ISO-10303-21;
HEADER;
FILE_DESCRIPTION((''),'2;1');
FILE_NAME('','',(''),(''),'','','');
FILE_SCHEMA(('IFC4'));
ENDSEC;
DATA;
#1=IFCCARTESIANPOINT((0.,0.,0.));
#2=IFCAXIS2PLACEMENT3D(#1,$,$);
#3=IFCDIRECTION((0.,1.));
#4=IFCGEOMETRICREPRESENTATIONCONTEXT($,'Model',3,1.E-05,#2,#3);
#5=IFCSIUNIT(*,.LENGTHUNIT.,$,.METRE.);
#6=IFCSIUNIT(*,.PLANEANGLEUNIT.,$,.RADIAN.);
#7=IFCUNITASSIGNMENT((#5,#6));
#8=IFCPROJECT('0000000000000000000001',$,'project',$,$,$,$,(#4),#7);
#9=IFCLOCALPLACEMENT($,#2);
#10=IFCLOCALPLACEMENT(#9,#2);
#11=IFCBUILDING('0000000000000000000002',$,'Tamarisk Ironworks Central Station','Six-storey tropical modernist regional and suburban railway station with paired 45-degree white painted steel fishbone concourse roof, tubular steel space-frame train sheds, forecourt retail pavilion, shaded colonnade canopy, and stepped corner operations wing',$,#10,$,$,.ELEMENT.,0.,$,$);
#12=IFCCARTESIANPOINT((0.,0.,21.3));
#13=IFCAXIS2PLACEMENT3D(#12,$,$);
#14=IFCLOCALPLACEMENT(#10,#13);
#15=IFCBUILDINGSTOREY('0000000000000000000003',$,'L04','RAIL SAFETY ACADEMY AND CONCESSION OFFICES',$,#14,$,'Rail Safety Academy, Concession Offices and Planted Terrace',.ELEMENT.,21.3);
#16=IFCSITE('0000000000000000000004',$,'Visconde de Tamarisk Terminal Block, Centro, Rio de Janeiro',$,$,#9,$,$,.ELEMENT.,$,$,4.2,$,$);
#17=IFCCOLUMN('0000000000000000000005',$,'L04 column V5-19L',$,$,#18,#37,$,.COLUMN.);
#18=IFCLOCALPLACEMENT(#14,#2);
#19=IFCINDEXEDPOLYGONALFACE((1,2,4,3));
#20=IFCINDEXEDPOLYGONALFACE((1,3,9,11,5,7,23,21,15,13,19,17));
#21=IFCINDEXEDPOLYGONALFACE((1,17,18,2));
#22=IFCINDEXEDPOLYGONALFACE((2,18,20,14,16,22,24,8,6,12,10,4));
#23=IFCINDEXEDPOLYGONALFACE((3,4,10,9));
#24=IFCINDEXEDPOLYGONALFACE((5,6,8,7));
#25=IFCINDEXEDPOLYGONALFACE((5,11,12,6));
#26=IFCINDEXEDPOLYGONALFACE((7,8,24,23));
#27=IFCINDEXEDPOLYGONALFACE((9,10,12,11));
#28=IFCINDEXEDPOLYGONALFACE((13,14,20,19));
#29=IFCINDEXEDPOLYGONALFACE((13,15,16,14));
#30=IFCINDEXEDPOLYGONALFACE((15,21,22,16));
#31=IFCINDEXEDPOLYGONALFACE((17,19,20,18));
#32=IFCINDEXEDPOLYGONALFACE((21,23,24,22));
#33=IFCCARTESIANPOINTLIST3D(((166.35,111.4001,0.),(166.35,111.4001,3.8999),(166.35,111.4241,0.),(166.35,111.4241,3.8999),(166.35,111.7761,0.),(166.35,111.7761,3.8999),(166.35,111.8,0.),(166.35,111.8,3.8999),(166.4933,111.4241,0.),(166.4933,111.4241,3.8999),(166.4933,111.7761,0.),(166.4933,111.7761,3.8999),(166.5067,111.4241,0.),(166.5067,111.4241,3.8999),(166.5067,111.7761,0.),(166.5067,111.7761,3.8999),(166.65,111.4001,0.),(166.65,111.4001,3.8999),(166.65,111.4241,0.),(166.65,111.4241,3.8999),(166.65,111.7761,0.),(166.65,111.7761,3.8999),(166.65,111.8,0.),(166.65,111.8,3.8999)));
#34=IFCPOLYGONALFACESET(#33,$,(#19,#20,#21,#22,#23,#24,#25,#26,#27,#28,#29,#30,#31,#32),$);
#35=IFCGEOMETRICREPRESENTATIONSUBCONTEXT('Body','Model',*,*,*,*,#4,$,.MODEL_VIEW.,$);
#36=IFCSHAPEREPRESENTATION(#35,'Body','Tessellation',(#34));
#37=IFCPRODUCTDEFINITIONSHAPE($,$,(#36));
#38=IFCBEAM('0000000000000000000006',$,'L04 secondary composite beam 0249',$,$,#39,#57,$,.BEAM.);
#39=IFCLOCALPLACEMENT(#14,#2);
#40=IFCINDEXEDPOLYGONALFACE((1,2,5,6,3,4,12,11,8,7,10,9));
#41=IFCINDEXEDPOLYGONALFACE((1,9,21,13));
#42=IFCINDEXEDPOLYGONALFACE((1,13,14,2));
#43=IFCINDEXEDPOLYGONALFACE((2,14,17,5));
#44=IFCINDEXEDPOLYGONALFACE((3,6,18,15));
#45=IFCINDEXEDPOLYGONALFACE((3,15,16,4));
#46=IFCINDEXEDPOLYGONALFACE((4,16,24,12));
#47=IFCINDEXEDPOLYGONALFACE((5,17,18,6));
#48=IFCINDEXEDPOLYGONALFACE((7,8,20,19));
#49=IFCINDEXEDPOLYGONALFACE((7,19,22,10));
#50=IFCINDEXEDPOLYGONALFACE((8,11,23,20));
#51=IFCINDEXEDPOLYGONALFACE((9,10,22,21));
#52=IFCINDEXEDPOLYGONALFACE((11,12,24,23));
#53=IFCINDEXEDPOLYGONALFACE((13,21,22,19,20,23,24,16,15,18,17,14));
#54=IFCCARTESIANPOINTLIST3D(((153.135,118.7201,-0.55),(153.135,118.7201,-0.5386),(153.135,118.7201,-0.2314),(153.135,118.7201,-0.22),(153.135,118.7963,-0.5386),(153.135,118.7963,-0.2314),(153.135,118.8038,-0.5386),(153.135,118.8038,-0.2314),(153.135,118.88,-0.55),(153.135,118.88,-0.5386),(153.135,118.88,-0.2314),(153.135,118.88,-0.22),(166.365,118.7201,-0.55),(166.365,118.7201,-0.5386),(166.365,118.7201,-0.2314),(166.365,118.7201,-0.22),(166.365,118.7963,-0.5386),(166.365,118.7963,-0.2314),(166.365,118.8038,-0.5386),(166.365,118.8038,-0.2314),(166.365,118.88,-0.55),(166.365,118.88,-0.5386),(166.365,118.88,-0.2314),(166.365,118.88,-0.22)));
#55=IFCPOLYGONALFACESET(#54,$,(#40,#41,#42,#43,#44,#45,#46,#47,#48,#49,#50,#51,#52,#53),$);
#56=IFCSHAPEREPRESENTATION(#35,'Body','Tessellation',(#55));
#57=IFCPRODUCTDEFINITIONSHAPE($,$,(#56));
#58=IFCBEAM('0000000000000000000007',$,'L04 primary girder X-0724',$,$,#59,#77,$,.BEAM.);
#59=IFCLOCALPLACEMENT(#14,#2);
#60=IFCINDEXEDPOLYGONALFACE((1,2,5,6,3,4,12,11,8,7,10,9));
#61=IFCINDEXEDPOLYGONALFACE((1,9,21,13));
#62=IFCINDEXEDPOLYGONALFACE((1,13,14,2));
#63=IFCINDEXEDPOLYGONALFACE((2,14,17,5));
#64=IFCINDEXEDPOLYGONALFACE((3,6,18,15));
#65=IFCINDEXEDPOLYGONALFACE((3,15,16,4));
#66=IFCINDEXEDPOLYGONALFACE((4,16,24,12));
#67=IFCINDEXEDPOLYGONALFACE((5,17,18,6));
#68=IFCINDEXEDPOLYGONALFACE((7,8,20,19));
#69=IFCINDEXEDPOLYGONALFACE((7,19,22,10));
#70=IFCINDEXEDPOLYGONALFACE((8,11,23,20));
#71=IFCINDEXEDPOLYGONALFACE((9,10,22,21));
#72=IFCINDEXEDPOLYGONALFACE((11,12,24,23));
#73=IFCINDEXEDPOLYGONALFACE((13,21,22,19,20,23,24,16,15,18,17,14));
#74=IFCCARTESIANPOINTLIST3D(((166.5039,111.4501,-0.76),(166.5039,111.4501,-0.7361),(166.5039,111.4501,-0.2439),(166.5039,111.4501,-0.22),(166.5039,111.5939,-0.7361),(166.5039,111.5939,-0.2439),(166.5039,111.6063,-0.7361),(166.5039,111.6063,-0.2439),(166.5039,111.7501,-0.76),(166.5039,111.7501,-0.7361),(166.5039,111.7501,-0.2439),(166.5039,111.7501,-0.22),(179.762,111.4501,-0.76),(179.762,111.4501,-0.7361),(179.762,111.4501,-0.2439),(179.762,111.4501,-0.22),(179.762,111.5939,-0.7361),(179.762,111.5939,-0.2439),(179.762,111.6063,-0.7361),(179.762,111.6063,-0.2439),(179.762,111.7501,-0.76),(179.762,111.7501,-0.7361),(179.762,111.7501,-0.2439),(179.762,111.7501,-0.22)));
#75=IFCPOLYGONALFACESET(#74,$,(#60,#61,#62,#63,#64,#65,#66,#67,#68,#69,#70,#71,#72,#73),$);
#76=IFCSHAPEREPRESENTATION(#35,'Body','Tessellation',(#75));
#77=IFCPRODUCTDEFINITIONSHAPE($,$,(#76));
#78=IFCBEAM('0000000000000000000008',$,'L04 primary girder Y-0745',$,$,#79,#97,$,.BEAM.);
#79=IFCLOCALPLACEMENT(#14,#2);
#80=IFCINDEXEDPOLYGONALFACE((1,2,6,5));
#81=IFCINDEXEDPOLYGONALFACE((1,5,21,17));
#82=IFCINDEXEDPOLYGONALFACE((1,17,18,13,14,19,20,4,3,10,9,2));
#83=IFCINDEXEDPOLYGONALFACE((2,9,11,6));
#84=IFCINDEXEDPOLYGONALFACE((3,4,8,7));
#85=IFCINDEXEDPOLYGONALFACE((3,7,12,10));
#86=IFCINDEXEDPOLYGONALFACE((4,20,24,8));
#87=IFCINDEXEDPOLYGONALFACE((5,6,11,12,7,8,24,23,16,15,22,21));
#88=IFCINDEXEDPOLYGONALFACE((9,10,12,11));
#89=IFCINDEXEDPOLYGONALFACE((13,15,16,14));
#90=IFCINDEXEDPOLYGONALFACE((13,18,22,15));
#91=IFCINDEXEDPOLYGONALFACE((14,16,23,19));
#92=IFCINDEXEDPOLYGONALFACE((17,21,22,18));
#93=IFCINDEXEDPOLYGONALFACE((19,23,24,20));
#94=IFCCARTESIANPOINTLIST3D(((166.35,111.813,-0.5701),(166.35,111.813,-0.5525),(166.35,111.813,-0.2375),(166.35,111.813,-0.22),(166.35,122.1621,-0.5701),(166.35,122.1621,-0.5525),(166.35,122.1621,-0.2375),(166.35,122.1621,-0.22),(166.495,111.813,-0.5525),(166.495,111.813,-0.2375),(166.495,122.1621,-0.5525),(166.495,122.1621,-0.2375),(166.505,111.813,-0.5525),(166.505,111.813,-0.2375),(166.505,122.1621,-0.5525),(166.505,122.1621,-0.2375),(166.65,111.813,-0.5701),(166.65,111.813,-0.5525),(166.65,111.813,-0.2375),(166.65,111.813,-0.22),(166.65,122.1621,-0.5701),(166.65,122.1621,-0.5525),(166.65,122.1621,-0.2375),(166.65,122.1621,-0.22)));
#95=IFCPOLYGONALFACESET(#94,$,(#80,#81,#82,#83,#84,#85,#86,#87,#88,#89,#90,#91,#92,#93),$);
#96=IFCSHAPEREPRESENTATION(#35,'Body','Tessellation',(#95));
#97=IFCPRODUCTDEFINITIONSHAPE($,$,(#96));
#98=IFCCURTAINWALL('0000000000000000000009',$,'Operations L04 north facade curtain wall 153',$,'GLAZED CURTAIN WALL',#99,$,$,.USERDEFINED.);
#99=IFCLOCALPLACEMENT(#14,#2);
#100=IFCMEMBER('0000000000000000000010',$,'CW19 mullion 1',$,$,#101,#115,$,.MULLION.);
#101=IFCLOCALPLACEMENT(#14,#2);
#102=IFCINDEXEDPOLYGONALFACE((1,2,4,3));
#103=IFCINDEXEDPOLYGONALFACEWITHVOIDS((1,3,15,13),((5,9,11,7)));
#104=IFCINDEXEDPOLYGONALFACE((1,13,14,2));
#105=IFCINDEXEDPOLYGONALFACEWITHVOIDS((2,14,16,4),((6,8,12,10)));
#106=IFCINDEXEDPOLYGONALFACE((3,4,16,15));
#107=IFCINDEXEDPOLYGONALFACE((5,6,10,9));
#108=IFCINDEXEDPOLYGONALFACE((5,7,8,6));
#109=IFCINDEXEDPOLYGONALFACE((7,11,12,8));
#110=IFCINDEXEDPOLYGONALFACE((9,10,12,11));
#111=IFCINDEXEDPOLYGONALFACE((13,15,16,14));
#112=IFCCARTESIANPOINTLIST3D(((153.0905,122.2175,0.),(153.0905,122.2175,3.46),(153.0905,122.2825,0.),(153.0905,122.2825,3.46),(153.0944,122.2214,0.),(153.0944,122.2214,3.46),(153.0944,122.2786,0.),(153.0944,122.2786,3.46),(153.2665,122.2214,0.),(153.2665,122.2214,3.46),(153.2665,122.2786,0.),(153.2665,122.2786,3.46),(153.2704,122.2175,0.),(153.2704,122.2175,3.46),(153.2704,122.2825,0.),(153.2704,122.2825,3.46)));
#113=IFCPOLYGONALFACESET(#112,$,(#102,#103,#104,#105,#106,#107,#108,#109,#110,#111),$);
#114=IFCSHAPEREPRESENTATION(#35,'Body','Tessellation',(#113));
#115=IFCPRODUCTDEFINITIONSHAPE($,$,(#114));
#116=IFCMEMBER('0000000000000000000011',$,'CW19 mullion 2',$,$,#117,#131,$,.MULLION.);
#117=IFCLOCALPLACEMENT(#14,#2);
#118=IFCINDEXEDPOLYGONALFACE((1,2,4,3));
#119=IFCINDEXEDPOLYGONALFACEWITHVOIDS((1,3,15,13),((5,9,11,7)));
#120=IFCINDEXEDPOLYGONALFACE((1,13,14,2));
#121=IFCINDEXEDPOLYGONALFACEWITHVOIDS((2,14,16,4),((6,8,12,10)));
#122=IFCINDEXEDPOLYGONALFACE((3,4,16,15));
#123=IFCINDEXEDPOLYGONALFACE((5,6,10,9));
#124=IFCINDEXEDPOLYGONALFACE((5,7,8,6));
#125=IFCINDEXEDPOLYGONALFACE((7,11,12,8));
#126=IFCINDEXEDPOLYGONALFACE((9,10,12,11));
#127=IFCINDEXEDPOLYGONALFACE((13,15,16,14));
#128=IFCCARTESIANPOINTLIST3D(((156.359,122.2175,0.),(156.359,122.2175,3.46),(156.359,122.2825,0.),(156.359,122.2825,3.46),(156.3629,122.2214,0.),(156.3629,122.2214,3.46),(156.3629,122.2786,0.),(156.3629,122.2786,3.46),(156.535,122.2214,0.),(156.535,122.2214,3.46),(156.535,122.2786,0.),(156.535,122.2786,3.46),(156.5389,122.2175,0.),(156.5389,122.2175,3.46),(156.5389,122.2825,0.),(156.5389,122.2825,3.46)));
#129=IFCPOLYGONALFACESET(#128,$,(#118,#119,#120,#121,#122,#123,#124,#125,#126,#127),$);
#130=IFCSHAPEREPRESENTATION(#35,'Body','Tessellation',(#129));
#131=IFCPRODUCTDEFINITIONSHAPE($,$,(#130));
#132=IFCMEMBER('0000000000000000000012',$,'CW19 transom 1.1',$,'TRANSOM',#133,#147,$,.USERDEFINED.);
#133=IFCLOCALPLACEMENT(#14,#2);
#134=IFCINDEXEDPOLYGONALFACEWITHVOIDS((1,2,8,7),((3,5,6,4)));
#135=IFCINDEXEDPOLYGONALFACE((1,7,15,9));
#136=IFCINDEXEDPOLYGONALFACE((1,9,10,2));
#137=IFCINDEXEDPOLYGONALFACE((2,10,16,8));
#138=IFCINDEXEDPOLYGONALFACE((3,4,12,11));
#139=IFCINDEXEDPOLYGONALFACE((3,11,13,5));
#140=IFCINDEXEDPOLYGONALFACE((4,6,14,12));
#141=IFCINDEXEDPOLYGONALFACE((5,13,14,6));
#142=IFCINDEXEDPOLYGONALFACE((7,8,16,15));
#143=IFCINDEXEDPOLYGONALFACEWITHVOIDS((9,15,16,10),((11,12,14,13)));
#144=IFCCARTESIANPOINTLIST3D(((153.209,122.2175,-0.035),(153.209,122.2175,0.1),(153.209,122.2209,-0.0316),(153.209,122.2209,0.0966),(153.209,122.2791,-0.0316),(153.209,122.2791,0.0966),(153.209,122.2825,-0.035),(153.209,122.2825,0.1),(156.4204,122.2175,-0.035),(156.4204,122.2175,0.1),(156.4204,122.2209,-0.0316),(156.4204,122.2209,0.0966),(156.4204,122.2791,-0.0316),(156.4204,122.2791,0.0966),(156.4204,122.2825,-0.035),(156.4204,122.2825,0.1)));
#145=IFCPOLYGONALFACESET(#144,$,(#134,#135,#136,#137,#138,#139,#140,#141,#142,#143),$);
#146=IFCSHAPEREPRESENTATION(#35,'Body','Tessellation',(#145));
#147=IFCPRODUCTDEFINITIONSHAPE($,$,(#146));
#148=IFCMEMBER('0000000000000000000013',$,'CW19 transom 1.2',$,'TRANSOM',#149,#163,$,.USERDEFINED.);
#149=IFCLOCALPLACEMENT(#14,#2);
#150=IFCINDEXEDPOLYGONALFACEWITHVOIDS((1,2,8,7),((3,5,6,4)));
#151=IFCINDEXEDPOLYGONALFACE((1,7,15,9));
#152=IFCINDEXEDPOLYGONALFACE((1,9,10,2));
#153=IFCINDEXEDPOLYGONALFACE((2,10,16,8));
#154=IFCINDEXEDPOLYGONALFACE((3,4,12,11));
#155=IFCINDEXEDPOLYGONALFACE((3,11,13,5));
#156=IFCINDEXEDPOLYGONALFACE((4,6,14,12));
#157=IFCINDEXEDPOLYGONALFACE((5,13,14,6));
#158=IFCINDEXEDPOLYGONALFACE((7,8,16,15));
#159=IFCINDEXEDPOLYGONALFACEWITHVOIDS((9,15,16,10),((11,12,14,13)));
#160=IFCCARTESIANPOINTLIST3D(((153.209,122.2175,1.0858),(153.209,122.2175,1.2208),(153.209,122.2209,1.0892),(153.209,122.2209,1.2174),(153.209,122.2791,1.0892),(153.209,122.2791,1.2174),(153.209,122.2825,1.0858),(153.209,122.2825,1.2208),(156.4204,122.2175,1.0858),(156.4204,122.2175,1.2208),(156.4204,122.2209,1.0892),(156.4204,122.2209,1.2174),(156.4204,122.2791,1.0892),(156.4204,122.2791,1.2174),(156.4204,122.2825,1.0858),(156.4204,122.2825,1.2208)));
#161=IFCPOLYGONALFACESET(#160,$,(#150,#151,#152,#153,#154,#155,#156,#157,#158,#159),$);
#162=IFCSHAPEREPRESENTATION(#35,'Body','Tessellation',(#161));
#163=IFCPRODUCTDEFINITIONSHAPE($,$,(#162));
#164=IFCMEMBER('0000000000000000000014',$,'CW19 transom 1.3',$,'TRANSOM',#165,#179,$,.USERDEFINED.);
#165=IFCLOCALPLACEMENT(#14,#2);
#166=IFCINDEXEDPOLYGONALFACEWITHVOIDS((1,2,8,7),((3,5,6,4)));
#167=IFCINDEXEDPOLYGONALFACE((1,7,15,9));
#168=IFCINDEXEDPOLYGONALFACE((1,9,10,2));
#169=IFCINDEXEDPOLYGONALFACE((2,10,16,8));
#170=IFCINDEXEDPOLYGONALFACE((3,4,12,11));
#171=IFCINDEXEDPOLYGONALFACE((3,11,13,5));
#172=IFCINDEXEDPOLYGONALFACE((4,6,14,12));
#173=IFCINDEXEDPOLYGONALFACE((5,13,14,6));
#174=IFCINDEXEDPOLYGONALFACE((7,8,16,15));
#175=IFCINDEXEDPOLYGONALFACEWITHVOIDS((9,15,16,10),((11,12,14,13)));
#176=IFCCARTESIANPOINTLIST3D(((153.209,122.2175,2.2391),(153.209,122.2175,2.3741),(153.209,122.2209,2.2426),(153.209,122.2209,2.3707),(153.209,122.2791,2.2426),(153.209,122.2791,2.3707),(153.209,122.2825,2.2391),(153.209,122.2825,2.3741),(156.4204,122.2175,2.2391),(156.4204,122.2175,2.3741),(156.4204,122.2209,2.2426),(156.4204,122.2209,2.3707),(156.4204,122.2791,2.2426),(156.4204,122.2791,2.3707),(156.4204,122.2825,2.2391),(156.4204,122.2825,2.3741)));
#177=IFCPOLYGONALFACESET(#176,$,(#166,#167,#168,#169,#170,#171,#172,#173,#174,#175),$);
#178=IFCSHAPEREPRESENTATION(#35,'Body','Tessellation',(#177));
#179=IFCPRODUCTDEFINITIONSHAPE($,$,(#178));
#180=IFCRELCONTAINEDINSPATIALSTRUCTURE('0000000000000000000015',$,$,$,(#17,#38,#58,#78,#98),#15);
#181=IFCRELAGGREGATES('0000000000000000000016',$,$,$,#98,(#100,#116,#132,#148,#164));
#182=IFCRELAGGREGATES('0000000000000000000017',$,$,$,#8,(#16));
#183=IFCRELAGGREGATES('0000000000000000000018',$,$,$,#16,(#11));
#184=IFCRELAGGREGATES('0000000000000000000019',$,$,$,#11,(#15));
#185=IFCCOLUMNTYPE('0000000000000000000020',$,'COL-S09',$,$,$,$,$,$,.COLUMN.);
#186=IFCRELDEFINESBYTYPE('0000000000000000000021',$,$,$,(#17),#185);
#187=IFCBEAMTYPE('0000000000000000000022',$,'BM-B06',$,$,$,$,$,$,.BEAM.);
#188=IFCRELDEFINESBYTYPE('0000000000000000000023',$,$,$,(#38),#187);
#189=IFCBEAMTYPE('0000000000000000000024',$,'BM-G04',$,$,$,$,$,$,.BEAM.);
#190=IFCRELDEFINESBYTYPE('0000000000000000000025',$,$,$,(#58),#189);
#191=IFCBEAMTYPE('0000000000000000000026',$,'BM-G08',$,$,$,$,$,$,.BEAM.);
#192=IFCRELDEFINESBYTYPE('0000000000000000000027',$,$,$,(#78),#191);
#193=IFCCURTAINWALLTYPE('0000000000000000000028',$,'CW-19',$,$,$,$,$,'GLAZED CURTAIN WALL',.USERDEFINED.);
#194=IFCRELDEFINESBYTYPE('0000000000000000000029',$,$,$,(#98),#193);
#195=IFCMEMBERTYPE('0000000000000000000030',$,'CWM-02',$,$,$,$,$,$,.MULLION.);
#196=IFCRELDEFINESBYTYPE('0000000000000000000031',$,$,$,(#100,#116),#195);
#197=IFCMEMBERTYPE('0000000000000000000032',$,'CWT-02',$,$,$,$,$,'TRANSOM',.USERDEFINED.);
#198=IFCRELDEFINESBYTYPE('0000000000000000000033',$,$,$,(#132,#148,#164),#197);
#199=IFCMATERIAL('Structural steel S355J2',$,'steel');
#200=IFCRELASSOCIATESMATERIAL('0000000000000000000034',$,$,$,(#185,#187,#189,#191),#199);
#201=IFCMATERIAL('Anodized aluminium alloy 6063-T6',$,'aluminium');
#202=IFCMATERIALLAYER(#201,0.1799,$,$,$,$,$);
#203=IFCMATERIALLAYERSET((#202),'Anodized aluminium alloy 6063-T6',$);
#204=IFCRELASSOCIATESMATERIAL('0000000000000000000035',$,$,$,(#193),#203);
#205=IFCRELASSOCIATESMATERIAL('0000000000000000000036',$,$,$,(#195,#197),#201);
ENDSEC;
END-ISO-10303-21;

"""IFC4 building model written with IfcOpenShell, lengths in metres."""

from ifc_helpers import new_model, si_unit, direction, frame, origin, origin_2d, place, context, subcontext, project, spatial, hollow_rectangle, i_section, extrude, material, layer, layer_set, material_profile, profile_set, type_object, element, aggregate, save


model = new_model("IFC4")

# Units and contexts
model_context = context("Model", 3, precision=1e-05, world=origin(), true_north=direction((0.0, 1.0)))
body_context = subcontext(model_context, "Body", "Model", "MODEL_VIEW")
ifc_project = project(units=[si_unit("LENGTHUNIT", "METRE"), si_unit("PLANEANGLEUNIT", "RADIAN")], contexts=[model_context])

# Site, building, storey
site_placement = place(None, origin())
site = spatial("IfcSite", under=ifc_project, at=site_placement, Name="Visconde de Tamarisk Terminal Block, Centro, Rio de Janeiro", CompositionType="ELEMENT", RefElevation=4.2)
building_placement = place(site_placement, origin())
building = spatial("IfcBuilding", under=site, at=building_placement, Name="Tamarisk Ironworks Central Station", Description="Six-storey tropical modernist regional and suburban railway station with paired 45-degree white painted steel fishbone concourse roof, tubular steel space-frame train sheds, forecourt retail pavilion, shaded colonnade canopy, and stepped corner operations wing", CompositionType="ELEMENT", ElevationOfRefHeight=0.0)
storey_placement = place(building_placement, frame((0.0, 0.0, 21.3)))
storey = spatial("IfcBuildingStorey", under=building, at=storey_placement, Name="L04", Description="RAIL SAFETY ACADEMY AND CONCESSION OFFICES", LongName="Rail Safety Academy, Concession Offices and Planted Terrace", CompositionType="ELEMENT", Elevation=21.3)

# Column
ifc_material_1 = material(Name="Structural steel S355J2", Category="steel")
ifc_material_profile_1 = material_profile(ifc_material_1, i_section(OverallWidth=0.3, OverallDepth=0.3999, WebThickness=0.0134, FlangeThickness=0.0239, at=origin_2d()), Name="HEB 400")
ifc_profile_set_1 = profile_set([ifc_material_profile_1], Name="Structural steel S355J2")
column_type = type_object("IfcColumnType", Name="COL-S09", PredefinedType="COLUMN", material=ifc_profile_set_1)
column_placement = place(storey_placement, frame((166.5, 111.6001, 0.0), z_axis=(0.0, 0.0, 1.0), x_axis=(1.0, 0.0, 0.0)))
element("IfcColumn", 1, at=column_placement, inside=storey, type_object=column_type, Name="L04 column V5-19L", PredefinedType="COLUMN", context=body_context, shape_type="SweptSolid", body=[
    extrude(i_section(OverallWidth=0.3, OverallDepth=0.3999, WebThickness=0.0134, FlangeThickness=0.0239, at=origin_2d()), origin(), (0.0, 0.0, 1.0), 3.8999),
])

# Beams
ifc_material_profile_2 = material_profile(ifc_material_1, i_section(OverallWidth=0.1599, OverallDepth=0.3301, WebThickness=0.0076, FlangeThickness=0.0115, at=origin_2d()), Name="IPE 330")
ifc_profile_set_2 = profile_set([ifc_material_profile_2], Name="Structural steel S355J2")
beam_type_1 = type_object("IfcBeamType", Name="BM-B06", PredefinedType="BEAM", material=ifc_profile_set_2)
beam_1_placement = place(storey_placement, frame((153.135, 118.8, -0.385), z_axis=(1.0, 0.0, 0.0), x_axis=(0.0, 1.0, 0.0)))
element("IfcBeam", 2, at=beam_1_placement, inside=storey, type_object=beam_type_1, Name="L04 secondary composite beam 0249", PredefinedType="BEAM", context=body_context, shape_type="SweptSolid", body=[
    extrude(i_section(OverallWidth=0.1599, OverallDepth=0.3301, WebThickness=0.0076, FlangeThickness=0.0115, at=origin_2d()), origin(), (0.0, 0.0, 1.0), 13.23),
])
ifc_material_profile_3 = material_profile(ifc_material_1, i_section(OverallWidth=0.3, OverallDepth=0.54, WebThickness=0.0125, FlangeThickness=0.0239, at=origin_2d()), Name="HEA 550")
ifc_profile_set_3 = profile_set([ifc_material_profile_3], Name="Structural steel S355J2")
beam_type_2 = type_object("IfcBeamType", Name="BM-G04", PredefinedType="BEAM", material=ifc_profile_set_3)
beam_2_placement = place(storey_placement, frame((166.5039, 111.6001, -0.49), z_axis=(1.0, 0.0, 0.0), x_axis=(0.0, 1.0, 0.0)))
element("IfcBeam", 3, at=beam_2_placement, inside=storey, type_object=beam_type_2, Name="L04 primary girder X-0724", PredefinedType="BEAM", context=body_context, shape_type="SweptSolid", body=[
    extrude(i_section(OverallWidth=0.3, OverallDepth=0.54, WebThickness=0.0125, FlangeThickness=0.0239, at=origin_2d()), origin(), (0.0, 0.0, 1.0), 13.2581),
])
ifc_material_profile_4 = material_profile(ifc_material_1, i_section(OverallWidth=0.3, OverallDepth=0.3501, WebThickness=0.01, FlangeThickness=0.0176, at=origin_2d()), Name="HEA 360")
ifc_profile_set_4 = profile_set([ifc_material_profile_4], Name="Structural steel S355J2")
beam_type_3 = type_object("IfcBeamType", Name="BM-G08", PredefinedType="BEAM", material=ifc_profile_set_4)
beam_3_placement = place(storey_placement, frame((166.5, 111.813, -0.395), z_axis=(0.0, 1.0, 0.0), x_axis=(-1.0, 0.0, 0.0)))
element("IfcBeam", 4, at=beam_3_placement, inside=storey, type_object=beam_type_3, Name="L04 primary girder Y-0745", PredefinedType="BEAM", context=body_context, shape_type="SweptSolid", body=[
    extrude(i_section(OverallWidth=0.3, OverallDepth=0.3501, WebThickness=0.01, FlangeThickness=0.0176, at=origin_2d()), origin(), (0.0, 0.0, 1.0), 10.3491),
])

# Curtain wall, members
ifc_material_2 = material(Name="Anodized aluminium alloy 6063-T6", Category="aluminium")
ifc_layer_1 = layer(ifc_material_2, 0.1799)
ifc_layer_set_1 = layer_set([ifc_layer_1], Name="Anodized aluminium alloy 6063-T6")
curtain_wall_type = type_object("IfcCurtainWallType", Name="CW-19", ElementType="GLAZED CURTAIN WALL", PredefinedType="USERDEFINED", material=ifc_layer_set_1)
curtain_wall_placement = place(storey_placement, origin())
curtain_wall = element("IfcCurtainWall", 5, at=curtain_wall_placement, inside=storey, type_object=curtain_wall_type, Name="Operations L04 north facade curtain wall 153", ObjectType="GLAZED CURTAIN WALL", PredefinedType="USERDEFINED")
ifc_material_profile_5 = material_profile(ifc_material_2, hollow_rectangle(XDim=0.0649, YDim=0.1799, WallThickness=0.0039, at=origin_2d()), Name="ALUM 180x65")
ifc_profile_set_5 = profile_set([ifc_material_profile_5], Name="Anodized aluminium alloy 6063-T6")
member_type_1 = type_object("IfcMemberType", Name="CWM-02", PredefinedType="MULLION", material=ifc_profile_set_5)
member_1_placement = place(storey_placement, frame((153.1804, 122.25, 0.0), z_axis=(0.0, 0.0, 1.0), x_axis=(0.0, 1.0, 0.0)))
member_1 = element("IfcMember", 6, at=member_1_placement, type_object=member_type_1, Name="CW19 mullion 1", PredefinedType="MULLION", context=body_context, shape_type="SweptSolid", body=[
    extrude(hollow_rectangle(XDim=0.0649, YDim=0.1799, WallThickness=0.0039, at=origin_2d()), origin(), (0.0, 0.0, 1.0), 3.46),
])
member_2_placement = place(storey_placement, frame((156.449, 122.25, 0.0), z_axis=(0.0, 0.0, 1.0), x_axis=(0.0, 1.0, 0.0)))
member_2 = element("IfcMember", 7, at=member_2_placement, type_object=member_type_1, Name="CW19 mullion 2", PredefinedType="MULLION", context=body_context, shape_type="SweptSolid", body=[
    extrude(hollow_rectangle(XDim=0.0649, YDim=0.1799, WallThickness=0.0039, at=origin_2d()), origin(), (0.0, 0.0, 1.0), 3.46),
])
ifc_material_profile_6 = material_profile(ifc_material_2, hollow_rectangle(XDim=0.0649, YDim=0.135, WallThickness=0.0034, at=origin_2d()), Name="ALUM 135x65")
ifc_profile_set_6 = profile_set([ifc_material_profile_6], Name="Anodized aluminium alloy 6063-T6")
member_type_2 = type_object("IfcMemberType", Name="CWT-02", ElementType="TRANSOM", PredefinedType="USERDEFINED", material=ifc_profile_set_6)
member_3_placement = place(storey_placement, frame((153.209, 122.25, 0.0325), z_axis=(1.0, 0.0, 0.0), x_axis=(0.0, 1.0, 0.0)))
member_3 = element("IfcMember", 8, at=member_3_placement, type_object=member_type_2, Name="CW19 transom 1.1", ObjectType="TRANSOM", PredefinedType="USERDEFINED", context=body_context, shape_type="SweptSolid", body=[
    extrude(hollow_rectangle(XDim=0.0649, YDim=0.135, WallThickness=0.0034, at=origin_2d()), origin(), (0.0, 0.0, 1.0), 3.2114),
])
member_4_placement = place(storey_placement, frame((153.209, 122.25, 1.1533), z_axis=(1.0, 0.0, 0.0), x_axis=(0.0, 1.0, 0.0)))
member_4 = element("IfcMember", 9, at=member_4_placement, type_object=member_type_2, Name="CW19 transom 1.2", ObjectType="TRANSOM", PredefinedType="USERDEFINED", context=body_context, shape_type="SweptSolid", body=[
    extrude(hollow_rectangle(XDim=0.0649, YDim=0.135, WallThickness=0.0034, at=origin_2d()), origin(), (0.0, 0.0, 1.0), 3.2114),
])
member_5_placement = place(storey_placement, frame((153.209, 122.25, 2.3066), z_axis=(1.0, 0.0, 0.0), x_axis=(0.0, 1.0, 0.0)))
member_5 = element("IfcMember", 10, at=member_5_placement, type_object=member_type_2, Name="CW19 transom 1.3", ObjectType="TRANSOM", PredefinedType="USERDEFINED", context=body_context, shape_type="SweptSolid", body=[
    extrude(hollow_rectangle(XDim=0.0649, YDim=0.135, WallThickness=0.0034, at=origin_2d()), origin(), (0.0, 0.0, 1.0), 3.2114),
])
aggregate(curtain_wall, [member_1, member_2, member_3, member_4, member_5])

save(model, "model.ifc")
